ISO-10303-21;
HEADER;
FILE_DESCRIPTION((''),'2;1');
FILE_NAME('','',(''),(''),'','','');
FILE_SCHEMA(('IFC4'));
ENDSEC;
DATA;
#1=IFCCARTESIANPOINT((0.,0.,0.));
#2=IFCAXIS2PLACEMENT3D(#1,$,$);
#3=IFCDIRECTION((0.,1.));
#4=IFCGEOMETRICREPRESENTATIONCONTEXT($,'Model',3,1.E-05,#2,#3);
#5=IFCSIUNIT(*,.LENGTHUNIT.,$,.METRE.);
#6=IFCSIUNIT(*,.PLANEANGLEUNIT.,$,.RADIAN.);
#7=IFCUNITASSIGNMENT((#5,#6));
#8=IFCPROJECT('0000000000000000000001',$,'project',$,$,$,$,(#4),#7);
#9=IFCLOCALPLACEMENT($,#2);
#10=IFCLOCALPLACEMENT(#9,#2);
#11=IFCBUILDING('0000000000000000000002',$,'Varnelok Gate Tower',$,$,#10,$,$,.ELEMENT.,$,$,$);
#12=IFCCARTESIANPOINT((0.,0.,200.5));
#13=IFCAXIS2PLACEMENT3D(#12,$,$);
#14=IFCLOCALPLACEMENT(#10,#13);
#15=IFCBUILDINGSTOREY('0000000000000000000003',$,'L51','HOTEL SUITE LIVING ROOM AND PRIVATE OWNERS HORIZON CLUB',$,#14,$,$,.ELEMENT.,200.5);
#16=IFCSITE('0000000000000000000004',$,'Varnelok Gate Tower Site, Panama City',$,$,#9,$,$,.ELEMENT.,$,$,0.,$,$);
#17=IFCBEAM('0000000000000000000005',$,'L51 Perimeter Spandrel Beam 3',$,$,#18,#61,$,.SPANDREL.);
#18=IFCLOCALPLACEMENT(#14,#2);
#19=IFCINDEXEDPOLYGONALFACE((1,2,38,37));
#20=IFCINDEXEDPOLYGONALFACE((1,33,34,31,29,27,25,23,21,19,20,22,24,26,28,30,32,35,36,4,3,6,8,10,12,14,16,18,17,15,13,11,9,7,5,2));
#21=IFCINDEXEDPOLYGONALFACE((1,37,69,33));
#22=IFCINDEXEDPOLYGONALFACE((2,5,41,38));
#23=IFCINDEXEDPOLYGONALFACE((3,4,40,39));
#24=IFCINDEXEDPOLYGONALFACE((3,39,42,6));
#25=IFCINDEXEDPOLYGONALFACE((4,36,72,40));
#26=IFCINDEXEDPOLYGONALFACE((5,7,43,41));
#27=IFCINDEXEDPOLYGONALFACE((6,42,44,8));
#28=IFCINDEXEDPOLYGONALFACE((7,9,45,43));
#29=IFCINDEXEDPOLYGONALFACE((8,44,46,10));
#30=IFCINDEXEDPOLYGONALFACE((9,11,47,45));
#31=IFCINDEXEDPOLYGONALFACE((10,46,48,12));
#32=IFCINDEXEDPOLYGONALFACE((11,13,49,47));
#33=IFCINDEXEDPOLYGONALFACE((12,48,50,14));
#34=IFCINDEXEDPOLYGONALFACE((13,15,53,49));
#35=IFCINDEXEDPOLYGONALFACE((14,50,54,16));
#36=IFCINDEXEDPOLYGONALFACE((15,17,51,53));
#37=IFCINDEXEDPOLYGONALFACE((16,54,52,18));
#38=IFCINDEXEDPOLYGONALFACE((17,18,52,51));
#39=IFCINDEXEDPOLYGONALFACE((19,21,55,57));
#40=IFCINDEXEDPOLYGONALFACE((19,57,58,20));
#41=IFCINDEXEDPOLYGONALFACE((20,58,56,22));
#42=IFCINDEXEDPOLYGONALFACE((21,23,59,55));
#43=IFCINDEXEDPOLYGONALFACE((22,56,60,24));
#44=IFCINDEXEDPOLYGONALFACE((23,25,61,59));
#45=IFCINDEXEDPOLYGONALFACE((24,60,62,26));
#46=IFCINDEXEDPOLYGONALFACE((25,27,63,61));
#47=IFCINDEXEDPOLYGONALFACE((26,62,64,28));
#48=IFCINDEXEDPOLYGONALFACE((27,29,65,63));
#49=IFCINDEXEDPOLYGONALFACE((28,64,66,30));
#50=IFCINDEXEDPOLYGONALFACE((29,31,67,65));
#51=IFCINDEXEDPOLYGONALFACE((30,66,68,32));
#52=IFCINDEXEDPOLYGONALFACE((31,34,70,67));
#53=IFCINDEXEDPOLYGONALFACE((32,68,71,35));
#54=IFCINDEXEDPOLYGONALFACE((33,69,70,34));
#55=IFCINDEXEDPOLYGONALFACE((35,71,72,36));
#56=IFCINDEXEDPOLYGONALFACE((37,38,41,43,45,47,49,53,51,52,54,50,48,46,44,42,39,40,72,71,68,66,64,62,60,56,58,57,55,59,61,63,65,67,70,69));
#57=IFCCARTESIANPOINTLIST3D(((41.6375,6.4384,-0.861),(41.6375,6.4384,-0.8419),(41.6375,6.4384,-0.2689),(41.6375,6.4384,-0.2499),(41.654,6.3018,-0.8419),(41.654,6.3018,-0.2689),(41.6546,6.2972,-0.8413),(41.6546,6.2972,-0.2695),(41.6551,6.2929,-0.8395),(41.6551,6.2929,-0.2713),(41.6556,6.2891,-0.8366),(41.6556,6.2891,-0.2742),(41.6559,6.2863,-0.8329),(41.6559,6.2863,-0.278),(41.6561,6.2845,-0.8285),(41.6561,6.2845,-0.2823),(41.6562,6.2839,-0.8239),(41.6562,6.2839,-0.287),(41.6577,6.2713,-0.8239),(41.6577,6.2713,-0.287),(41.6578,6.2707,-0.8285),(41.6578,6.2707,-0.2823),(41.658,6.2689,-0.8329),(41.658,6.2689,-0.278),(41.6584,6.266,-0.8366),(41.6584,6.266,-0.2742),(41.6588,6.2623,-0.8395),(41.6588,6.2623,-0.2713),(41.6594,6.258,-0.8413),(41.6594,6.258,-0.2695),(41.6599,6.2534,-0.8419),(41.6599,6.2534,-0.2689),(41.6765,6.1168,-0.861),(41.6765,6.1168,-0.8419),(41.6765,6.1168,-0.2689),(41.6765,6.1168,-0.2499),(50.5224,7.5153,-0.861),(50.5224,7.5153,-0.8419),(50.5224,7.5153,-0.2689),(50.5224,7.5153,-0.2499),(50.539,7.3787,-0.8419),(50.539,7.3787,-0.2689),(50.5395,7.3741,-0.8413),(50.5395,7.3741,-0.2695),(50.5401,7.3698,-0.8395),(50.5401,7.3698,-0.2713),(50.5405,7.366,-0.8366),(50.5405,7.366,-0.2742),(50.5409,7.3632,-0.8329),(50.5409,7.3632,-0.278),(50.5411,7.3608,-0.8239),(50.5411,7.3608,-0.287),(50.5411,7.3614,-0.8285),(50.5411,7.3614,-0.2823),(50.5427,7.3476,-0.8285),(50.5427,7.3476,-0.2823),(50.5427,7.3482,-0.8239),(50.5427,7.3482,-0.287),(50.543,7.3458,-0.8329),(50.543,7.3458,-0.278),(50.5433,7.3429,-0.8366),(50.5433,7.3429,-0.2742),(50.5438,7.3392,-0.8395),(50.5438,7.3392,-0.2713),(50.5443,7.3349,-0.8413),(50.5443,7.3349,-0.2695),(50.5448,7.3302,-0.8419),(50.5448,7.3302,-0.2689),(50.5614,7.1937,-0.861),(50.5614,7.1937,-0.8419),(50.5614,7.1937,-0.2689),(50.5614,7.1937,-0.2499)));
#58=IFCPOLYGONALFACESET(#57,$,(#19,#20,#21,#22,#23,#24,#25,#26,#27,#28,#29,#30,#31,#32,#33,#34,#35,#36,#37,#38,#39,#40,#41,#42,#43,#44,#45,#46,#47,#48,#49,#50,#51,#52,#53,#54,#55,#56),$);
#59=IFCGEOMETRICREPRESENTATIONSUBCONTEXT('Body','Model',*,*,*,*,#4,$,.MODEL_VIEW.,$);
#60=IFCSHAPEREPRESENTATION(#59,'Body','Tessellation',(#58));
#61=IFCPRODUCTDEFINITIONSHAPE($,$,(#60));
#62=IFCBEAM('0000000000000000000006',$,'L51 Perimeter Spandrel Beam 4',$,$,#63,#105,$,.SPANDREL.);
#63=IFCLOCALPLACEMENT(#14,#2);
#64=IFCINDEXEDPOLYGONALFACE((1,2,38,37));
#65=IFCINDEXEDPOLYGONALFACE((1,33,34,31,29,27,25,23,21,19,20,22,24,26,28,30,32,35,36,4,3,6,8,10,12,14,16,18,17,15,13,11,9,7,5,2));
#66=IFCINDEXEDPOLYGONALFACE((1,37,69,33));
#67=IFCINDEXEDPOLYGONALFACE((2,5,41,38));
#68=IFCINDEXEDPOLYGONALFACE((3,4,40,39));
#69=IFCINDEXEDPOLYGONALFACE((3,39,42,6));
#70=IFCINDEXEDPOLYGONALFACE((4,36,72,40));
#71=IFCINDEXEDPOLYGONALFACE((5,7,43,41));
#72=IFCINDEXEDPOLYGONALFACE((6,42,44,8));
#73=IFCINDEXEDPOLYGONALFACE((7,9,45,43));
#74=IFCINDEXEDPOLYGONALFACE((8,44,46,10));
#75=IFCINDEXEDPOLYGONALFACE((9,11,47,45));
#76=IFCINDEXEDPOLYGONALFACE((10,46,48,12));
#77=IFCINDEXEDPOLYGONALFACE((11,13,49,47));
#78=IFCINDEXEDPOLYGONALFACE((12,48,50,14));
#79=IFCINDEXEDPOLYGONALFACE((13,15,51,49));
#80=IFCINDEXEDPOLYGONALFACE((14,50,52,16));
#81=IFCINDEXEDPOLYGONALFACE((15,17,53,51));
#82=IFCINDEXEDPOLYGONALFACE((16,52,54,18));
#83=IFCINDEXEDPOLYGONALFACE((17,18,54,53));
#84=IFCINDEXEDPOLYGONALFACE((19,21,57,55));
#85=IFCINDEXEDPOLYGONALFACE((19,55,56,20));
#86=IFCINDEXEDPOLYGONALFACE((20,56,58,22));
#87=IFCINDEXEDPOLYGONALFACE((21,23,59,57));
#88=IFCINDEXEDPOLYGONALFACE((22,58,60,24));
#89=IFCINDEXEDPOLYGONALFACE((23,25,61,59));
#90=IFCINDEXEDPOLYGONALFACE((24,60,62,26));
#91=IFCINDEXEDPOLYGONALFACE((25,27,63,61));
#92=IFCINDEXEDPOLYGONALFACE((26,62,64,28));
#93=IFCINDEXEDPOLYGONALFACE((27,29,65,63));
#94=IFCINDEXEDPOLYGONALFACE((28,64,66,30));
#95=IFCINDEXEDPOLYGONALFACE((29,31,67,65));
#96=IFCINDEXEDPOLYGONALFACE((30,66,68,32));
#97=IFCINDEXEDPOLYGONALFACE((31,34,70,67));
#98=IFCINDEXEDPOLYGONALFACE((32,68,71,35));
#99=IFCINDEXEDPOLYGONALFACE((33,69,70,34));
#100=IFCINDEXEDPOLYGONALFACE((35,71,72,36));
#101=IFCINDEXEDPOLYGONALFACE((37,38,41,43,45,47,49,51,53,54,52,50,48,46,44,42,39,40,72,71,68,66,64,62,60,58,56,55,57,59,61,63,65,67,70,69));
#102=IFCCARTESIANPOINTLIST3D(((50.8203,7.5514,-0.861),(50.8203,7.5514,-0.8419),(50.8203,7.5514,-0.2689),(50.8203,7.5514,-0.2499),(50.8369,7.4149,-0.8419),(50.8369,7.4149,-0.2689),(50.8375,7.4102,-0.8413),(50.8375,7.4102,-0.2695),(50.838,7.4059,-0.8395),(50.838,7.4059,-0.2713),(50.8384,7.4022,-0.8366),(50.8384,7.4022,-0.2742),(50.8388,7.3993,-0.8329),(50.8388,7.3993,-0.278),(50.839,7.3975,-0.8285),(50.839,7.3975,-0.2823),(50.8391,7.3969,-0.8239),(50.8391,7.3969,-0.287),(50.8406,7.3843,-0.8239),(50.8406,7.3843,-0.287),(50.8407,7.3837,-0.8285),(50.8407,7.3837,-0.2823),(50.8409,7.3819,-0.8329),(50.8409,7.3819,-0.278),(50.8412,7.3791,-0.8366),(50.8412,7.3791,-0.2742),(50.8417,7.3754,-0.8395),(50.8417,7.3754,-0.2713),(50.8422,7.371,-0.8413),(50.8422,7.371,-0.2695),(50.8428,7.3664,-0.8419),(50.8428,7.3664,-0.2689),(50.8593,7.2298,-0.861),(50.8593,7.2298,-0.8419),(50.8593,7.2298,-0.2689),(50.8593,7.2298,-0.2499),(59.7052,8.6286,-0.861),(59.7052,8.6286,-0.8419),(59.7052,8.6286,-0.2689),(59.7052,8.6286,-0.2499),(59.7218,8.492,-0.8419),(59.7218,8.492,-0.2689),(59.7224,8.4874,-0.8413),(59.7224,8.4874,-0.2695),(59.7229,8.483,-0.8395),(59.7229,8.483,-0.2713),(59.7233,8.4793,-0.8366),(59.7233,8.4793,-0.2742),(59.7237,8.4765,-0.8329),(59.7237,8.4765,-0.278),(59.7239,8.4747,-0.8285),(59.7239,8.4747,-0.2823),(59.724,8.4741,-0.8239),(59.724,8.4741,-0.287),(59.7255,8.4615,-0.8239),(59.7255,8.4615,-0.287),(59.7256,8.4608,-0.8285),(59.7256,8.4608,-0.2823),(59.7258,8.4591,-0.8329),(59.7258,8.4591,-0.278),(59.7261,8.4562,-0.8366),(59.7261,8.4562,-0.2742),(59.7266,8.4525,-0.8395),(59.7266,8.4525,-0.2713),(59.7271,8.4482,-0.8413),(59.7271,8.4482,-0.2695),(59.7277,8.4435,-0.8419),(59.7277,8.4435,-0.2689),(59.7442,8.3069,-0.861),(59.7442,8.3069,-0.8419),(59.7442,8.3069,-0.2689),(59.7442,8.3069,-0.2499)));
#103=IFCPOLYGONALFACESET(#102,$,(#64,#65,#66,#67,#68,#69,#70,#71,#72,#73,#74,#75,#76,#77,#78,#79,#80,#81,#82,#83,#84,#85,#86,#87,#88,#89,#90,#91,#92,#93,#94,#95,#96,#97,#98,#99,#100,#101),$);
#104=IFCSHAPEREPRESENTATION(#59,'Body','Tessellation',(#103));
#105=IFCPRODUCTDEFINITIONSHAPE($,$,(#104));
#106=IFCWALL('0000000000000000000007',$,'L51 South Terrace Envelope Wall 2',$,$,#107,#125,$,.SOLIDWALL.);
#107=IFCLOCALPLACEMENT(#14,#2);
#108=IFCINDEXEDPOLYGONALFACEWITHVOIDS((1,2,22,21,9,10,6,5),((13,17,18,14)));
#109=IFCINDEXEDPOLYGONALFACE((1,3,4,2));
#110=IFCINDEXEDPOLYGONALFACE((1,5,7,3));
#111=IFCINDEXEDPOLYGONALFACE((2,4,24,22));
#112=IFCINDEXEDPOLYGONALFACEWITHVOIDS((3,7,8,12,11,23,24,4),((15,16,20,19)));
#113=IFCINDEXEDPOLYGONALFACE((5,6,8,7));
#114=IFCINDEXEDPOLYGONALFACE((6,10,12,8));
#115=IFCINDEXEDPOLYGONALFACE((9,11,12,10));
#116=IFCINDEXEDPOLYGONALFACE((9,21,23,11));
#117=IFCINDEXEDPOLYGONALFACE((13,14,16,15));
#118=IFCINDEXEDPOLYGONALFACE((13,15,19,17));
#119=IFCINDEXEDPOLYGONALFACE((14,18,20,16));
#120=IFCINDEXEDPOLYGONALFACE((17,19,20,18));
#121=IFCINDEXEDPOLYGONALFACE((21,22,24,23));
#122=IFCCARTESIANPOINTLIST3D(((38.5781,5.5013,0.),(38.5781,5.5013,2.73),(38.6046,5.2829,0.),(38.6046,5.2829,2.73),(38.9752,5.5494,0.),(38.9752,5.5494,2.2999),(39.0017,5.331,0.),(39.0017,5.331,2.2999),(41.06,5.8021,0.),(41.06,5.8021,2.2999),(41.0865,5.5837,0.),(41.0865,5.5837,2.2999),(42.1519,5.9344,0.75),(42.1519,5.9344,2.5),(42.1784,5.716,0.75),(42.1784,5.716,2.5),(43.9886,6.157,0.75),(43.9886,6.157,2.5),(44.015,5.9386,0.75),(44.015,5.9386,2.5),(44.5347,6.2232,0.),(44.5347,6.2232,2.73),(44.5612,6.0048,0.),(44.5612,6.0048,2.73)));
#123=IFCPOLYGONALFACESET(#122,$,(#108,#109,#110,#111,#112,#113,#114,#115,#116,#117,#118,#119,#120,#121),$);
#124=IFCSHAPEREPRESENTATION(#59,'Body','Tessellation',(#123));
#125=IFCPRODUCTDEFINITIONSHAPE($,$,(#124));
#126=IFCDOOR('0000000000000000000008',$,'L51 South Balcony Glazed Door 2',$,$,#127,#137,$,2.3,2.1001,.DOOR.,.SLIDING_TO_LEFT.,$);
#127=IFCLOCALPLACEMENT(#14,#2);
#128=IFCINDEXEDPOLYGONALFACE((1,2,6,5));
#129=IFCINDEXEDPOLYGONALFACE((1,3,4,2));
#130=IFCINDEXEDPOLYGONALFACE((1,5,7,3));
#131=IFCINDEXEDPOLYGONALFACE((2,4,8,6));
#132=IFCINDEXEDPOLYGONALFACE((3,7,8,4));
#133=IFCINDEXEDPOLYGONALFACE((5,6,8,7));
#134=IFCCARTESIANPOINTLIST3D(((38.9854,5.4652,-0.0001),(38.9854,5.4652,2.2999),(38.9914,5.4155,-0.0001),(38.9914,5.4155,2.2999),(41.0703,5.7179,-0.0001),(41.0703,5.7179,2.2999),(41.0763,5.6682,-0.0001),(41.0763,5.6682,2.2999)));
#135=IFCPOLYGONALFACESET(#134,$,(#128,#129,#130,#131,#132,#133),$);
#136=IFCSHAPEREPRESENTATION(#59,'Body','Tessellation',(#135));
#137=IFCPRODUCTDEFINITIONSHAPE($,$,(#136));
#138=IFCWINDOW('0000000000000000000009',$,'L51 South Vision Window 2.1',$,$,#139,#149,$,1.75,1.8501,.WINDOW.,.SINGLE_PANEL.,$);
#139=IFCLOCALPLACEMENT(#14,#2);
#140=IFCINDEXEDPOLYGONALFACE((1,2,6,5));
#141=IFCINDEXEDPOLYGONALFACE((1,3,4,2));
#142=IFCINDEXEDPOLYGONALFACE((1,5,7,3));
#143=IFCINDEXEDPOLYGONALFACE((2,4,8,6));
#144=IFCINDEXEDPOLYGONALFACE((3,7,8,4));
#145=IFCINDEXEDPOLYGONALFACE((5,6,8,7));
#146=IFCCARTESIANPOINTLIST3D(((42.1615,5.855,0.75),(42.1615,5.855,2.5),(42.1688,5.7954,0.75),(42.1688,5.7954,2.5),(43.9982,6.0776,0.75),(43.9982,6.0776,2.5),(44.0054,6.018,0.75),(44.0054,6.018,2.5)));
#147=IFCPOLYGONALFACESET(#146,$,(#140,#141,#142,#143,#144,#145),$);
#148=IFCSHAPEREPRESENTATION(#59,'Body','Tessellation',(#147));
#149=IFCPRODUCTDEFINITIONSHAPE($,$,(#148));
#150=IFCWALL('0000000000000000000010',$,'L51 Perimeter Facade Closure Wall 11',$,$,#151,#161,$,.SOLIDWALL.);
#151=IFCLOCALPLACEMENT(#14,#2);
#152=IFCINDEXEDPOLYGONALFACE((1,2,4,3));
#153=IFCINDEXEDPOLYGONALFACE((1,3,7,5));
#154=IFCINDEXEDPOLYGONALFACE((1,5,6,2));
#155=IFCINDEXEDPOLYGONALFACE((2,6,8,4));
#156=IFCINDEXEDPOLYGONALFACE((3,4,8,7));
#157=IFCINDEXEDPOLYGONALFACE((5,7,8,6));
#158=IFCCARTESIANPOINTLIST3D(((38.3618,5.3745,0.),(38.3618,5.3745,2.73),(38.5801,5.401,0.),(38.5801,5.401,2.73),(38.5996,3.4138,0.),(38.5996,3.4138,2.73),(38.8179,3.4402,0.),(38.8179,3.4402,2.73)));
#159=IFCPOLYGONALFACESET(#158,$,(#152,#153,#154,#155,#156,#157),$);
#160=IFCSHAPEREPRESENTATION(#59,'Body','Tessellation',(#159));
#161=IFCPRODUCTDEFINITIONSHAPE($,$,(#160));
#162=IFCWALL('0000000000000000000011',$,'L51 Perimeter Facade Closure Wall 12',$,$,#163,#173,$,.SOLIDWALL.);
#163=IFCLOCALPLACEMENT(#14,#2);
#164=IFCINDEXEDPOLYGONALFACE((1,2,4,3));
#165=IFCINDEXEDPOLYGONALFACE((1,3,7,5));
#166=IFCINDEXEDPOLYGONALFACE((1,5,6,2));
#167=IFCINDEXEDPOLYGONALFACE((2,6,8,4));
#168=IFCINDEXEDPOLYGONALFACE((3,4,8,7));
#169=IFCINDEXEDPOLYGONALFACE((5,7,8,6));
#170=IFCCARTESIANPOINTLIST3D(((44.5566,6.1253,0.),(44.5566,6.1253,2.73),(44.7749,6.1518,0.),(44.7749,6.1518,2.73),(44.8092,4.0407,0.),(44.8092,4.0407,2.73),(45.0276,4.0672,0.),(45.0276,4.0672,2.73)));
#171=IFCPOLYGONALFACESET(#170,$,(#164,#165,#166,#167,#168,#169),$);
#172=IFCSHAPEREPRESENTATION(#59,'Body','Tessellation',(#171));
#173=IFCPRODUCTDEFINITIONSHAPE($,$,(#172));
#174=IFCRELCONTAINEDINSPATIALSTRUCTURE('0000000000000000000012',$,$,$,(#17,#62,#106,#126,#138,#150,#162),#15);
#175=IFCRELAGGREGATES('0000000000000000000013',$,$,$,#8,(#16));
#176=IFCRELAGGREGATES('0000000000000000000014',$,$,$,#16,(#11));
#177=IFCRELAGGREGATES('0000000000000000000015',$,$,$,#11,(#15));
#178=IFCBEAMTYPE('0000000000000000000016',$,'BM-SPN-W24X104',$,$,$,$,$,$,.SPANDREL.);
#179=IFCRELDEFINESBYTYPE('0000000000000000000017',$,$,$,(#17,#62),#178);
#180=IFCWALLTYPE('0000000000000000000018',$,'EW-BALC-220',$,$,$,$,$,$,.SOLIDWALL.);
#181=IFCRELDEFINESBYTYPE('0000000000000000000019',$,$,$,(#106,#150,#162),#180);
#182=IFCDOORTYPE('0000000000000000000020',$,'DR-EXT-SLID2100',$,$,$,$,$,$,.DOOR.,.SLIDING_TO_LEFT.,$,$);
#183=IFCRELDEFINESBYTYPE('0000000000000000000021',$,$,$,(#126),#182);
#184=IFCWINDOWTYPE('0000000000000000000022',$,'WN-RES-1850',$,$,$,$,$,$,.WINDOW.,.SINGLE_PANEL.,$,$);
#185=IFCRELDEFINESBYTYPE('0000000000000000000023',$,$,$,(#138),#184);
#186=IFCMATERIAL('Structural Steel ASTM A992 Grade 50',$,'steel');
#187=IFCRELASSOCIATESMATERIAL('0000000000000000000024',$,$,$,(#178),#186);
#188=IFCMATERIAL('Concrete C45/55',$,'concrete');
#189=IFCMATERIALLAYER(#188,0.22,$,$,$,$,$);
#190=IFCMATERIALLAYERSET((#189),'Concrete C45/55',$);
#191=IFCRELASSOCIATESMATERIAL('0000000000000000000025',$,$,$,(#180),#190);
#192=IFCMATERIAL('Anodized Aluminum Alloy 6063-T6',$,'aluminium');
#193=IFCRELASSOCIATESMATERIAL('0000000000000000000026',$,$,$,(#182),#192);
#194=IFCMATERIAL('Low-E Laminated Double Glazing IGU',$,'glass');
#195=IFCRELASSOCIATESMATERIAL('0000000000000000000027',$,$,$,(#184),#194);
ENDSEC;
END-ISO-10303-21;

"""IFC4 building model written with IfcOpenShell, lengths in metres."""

from ifc_helpers import new_model, si_unit, direction, frame, frame_2d, origin, origin_2d, place, context, subcontext, project, spatial, rectangle, i_section, extrude, material, layer, layer_set, material_profile, profile_set, type_object, element, fill, save


model = new_model("IFC4")

# Units and contexts
model_context = context("Model", 3, precision=1e-05, world=origin(), true_north=direction((0.0, 1.0)))
body_context = subcontext(model_context, "Body", "Model", "MODEL_VIEW")
ifc_project = project(units=[si_unit("LENGTHUNIT", "METRE"), si_unit("PLANEANGLEUNIT", "RADIAN")], contexts=[model_context])

# Site, building, storey
site_placement = place(None, origin())
site = spatial("IfcSite", under=ifc_project, at=site_placement, Name="Varnelok Gate Tower Site, Panama City", CompositionType="ELEMENT", RefElevation=0.0)
building_placement = place(site_placement, origin())
building = spatial("IfcBuilding", under=site, at=building_placement, Name="Varnelok Gate Tower", CompositionType="ELEMENT")
storey_placement = place(building_placement, frame((0.0, 0.0, 200.5)))
storey = spatial("IfcBuildingStorey", under=building, at=storey_placement, Name="L51", Description="HOTEL SUITE LIVING ROOM AND PRIVATE OWNERS HORIZON CLUB", CompositionType="ELEMENT", Elevation=200.5)

# Shared definitions
ifc_material_1 = material(Name="Structural Steel ASTM A992 Grade 50", Category="steel")

# Beams
ifc_material_profile_1 = material_profile(ifc_material_1, i_section(OverallWidth=0.324, OverallDepth=0.6111, WebThickness=0.0127, FlangeThickness=0.019, FilletRadius=0.0181, at=origin_2d()), Name="W24X104")
ifc_profile_set_1 = profile_set([ifc_material_profile_1], Name="Structural Steel ASTM A992 Grade 50")
beam_type_1 = type_object("IfcBeamType", Name="BM-SPN-W24X104", PredefinedType="SPANDREL", material=ifc_profile_set_1)
for number, where, z_axis, x_axis, name in (
    (1, (41.657, 6.2776, -0.5554), (0.992735, 0.120324, 0.0), (-0.120324, 0.992735, 0.0), "L51 Perimeter Spandrel Beam 3"),
    (2, (50.8398, 7.3906, -0.5554), (0.992731, 0.120351, 0.0), (-0.120351, 0.992731, 0.0), "L51 Perimeter Spandrel Beam 4"),
):
    element("IfcBeam", number, at=place(storey_placement, frame(where, z_axis=z_axis, x_axis=x_axis)), inside=storey, type_object=beam_type_1, Name=name, PredefinedType="SPANDREL", context=body_context, shape_type="SweptSolid", body=[
        extrude(i_section(OverallWidth=0.324, OverallDepth=0.6111, WebThickness=0.0127, FlangeThickness=0.019, FilletRadius=0.0181, at=origin_2d()), origin(), (0.0, 0.0, 1.0), 8.95),
    ])

# Wall, openings, door, window
ifc_material_2 = material(Name="Concrete C45/55", Category="concrete")
ifc_layer_1 = layer(ifc_material_2, 0.22)
ifc_layer_set_1 = layer_set([ifc_layer_1], Name="Concrete C45/55")
wall_type_1 = type_object("IfcWallType", Name="EW-BALC-220", PredefinedType="SOLIDWALL", material=ifc_layer_set_1)
wall_1_placement = place(storey_placement, frame((44.5479, 6.114, 0.0), z_axis=(0.0, 0.0, 1.0), x_axis=(-0.992735, -0.120318, 0.0)))
wall_1 = element("IfcWall", 3, at=wall_1_placement, inside=storey, type_object=wall_type_1, Name="L51 South Terrace Envelope Wall 2", PredefinedType="SOLIDWALL", context=body_context, shape_type="SweptSolid", body=[
    extrude(rectangle(XDim=6.0002, YDim=0.22, at=frame_2d((3.0, 0.0))), origin(), (0.0, 0.0, 1.0), 2.73),
])
opening_1_placement = place(wall_1_placement, frame((3.5, 0.0, 0.0)))
opening_1 = element("IfcOpeningElement", 4, at=opening_1_placement, cuts=wall_1, PredefinedType="OPENING", context=body_context, shape_type="SweptSolid", body=[
    extrude(rectangle(XDim=2.1001, YDim=2.3, at=frame_2d((1.05, 1.1499))), frame((0.0, 0.1199, 0.0), z_axis=(0.0, -1.0, 0.0), x_axis=(1.0, 0.0, 0.0)), (0.0, 0.0, 1.0), 0.24),
])
opening_2_placement = place(wall_1_placement, frame((0.55, 0.0, 0.75)))
opening_2 = element("IfcOpeningElement", 5, at=opening_2_placement, cuts=wall_1, PredefinedType="OPENING", context=body_context, shape_type="SweptSolid", body=[
    extrude(rectangle(XDim=1.8501, YDim=1.75, at=frame_2d((0.925, 0.875))), frame((0.0, 0.1199, 0.0), z_axis=(0.0, -1.0, 0.0), x_axis=(1.0, 0.0, 0.0)), (0.0, 0.0, 1.0), 0.24),
])
ifc_material_3 = material(Name="Anodized Aluminum Alloy 6063-T6", Category="aluminium")
door_type_1 = type_object("IfcDoorType", Name="DR-EXT-SLID2100", OperationType="SLIDING_TO_LEFT", PredefinedType="DOOR", material=ifc_material_3)
door_1_placement = place(opening_1_placement, origin())
door_1 = element("IfcDoor", 6, at=door_1_placement, inside=storey, type_object=door_type_1, Name="L51 South Balcony Glazed Door 2", OperationType="SLIDING_TO_LEFT", OverallHeight=2.3, OverallWidth=2.1001, PredefinedType="DOOR", context=body_context, shape_type="SweptSolid", body=[
    extrude(rectangle(XDim=2.1001, YDim=2.3, at=frame_2d((1.05, 1.1499))), frame((0.0, 0.0249, 0.0), z_axis=(0.0, -1.0, 0.0), x_axis=(1.0, 0.0, 0.0)), (0.0, 0.0, 1.0), 0.05),
])
fill(opening_1, door_1)
ifc_material_4 = material(Name="Low-E Laminated Double Glazing IGU", Category="glass")
window_type_1 = type_object("IfcWindowType", Name="WN-RES-1850", PartitioningType="SINGLE_PANEL", PredefinedType="WINDOW", material=ifc_material_4)
window_1_placement = place(opening_2_placement, origin())
window_1 = element("IfcWindow", 7, at=window_1_placement, inside=storey, type_object=window_type_1, Name="L51 South Vision Window 2.1", OverallHeight=1.75, OverallWidth=1.8501, PartitioningType="SINGLE_PANEL", PredefinedType="WINDOW", context=body_context, shape_type="SweptSolid", body=[
    extrude(rectangle(XDim=1.8501, YDim=1.75, at=frame_2d((0.925, 0.875))), frame((0.0, 0.03, 0.0), z_axis=(0.0, -1.0, 0.0), x_axis=(1.0, 0.0, 0.0)), (0.0, 0.0, 1.0), 0.0601),
])
fill(opening_2, window_1)

# Walls
wall_2_placement = place(storey_placement, frame((38.7087, 3.427, 0.0), z_axis=(0.0, 0.0, 1.0), x_axis=(-0.120398, 0.992726, 0.0)))
element("IfcWall", 8, at=wall_2_placement, inside=storey, type_object=wall_type_1, Name="L51 Perimeter Facade Closure Wall 11", PredefinedType="SOLIDWALL", context=body_context, shape_type="SweptSolid", body=[
    extrude(rectangle(XDim=1.9751, YDim=0.22, at=frame_2d((0.9875, 0.0))), origin(), (0.0, 0.0, 1.0), 2.73),
])
wall_3_placement = place(storey_placement, frame((44.6658, 6.1384, 0.0), z_axis=(0.0, 0.0, 1.0), x_axis=(0.120328, -0.992734, 0.0)))
element("IfcWall", 9, at=wall_3_placement, inside=storey, type_object=wall_type_1, Name="L51 Perimeter Facade Closure Wall 12", PredefinedType="SOLIDWALL", context=body_context, shape_type="SweptSolid", body=[
    extrude(rectangle(XDim=2.0999, YDim=0.22, at=frame_2d((1.0498, 0.0))), origin(), (0.0, 0.0, 1.0), 2.73),
])

save(model, "model.ifc")
